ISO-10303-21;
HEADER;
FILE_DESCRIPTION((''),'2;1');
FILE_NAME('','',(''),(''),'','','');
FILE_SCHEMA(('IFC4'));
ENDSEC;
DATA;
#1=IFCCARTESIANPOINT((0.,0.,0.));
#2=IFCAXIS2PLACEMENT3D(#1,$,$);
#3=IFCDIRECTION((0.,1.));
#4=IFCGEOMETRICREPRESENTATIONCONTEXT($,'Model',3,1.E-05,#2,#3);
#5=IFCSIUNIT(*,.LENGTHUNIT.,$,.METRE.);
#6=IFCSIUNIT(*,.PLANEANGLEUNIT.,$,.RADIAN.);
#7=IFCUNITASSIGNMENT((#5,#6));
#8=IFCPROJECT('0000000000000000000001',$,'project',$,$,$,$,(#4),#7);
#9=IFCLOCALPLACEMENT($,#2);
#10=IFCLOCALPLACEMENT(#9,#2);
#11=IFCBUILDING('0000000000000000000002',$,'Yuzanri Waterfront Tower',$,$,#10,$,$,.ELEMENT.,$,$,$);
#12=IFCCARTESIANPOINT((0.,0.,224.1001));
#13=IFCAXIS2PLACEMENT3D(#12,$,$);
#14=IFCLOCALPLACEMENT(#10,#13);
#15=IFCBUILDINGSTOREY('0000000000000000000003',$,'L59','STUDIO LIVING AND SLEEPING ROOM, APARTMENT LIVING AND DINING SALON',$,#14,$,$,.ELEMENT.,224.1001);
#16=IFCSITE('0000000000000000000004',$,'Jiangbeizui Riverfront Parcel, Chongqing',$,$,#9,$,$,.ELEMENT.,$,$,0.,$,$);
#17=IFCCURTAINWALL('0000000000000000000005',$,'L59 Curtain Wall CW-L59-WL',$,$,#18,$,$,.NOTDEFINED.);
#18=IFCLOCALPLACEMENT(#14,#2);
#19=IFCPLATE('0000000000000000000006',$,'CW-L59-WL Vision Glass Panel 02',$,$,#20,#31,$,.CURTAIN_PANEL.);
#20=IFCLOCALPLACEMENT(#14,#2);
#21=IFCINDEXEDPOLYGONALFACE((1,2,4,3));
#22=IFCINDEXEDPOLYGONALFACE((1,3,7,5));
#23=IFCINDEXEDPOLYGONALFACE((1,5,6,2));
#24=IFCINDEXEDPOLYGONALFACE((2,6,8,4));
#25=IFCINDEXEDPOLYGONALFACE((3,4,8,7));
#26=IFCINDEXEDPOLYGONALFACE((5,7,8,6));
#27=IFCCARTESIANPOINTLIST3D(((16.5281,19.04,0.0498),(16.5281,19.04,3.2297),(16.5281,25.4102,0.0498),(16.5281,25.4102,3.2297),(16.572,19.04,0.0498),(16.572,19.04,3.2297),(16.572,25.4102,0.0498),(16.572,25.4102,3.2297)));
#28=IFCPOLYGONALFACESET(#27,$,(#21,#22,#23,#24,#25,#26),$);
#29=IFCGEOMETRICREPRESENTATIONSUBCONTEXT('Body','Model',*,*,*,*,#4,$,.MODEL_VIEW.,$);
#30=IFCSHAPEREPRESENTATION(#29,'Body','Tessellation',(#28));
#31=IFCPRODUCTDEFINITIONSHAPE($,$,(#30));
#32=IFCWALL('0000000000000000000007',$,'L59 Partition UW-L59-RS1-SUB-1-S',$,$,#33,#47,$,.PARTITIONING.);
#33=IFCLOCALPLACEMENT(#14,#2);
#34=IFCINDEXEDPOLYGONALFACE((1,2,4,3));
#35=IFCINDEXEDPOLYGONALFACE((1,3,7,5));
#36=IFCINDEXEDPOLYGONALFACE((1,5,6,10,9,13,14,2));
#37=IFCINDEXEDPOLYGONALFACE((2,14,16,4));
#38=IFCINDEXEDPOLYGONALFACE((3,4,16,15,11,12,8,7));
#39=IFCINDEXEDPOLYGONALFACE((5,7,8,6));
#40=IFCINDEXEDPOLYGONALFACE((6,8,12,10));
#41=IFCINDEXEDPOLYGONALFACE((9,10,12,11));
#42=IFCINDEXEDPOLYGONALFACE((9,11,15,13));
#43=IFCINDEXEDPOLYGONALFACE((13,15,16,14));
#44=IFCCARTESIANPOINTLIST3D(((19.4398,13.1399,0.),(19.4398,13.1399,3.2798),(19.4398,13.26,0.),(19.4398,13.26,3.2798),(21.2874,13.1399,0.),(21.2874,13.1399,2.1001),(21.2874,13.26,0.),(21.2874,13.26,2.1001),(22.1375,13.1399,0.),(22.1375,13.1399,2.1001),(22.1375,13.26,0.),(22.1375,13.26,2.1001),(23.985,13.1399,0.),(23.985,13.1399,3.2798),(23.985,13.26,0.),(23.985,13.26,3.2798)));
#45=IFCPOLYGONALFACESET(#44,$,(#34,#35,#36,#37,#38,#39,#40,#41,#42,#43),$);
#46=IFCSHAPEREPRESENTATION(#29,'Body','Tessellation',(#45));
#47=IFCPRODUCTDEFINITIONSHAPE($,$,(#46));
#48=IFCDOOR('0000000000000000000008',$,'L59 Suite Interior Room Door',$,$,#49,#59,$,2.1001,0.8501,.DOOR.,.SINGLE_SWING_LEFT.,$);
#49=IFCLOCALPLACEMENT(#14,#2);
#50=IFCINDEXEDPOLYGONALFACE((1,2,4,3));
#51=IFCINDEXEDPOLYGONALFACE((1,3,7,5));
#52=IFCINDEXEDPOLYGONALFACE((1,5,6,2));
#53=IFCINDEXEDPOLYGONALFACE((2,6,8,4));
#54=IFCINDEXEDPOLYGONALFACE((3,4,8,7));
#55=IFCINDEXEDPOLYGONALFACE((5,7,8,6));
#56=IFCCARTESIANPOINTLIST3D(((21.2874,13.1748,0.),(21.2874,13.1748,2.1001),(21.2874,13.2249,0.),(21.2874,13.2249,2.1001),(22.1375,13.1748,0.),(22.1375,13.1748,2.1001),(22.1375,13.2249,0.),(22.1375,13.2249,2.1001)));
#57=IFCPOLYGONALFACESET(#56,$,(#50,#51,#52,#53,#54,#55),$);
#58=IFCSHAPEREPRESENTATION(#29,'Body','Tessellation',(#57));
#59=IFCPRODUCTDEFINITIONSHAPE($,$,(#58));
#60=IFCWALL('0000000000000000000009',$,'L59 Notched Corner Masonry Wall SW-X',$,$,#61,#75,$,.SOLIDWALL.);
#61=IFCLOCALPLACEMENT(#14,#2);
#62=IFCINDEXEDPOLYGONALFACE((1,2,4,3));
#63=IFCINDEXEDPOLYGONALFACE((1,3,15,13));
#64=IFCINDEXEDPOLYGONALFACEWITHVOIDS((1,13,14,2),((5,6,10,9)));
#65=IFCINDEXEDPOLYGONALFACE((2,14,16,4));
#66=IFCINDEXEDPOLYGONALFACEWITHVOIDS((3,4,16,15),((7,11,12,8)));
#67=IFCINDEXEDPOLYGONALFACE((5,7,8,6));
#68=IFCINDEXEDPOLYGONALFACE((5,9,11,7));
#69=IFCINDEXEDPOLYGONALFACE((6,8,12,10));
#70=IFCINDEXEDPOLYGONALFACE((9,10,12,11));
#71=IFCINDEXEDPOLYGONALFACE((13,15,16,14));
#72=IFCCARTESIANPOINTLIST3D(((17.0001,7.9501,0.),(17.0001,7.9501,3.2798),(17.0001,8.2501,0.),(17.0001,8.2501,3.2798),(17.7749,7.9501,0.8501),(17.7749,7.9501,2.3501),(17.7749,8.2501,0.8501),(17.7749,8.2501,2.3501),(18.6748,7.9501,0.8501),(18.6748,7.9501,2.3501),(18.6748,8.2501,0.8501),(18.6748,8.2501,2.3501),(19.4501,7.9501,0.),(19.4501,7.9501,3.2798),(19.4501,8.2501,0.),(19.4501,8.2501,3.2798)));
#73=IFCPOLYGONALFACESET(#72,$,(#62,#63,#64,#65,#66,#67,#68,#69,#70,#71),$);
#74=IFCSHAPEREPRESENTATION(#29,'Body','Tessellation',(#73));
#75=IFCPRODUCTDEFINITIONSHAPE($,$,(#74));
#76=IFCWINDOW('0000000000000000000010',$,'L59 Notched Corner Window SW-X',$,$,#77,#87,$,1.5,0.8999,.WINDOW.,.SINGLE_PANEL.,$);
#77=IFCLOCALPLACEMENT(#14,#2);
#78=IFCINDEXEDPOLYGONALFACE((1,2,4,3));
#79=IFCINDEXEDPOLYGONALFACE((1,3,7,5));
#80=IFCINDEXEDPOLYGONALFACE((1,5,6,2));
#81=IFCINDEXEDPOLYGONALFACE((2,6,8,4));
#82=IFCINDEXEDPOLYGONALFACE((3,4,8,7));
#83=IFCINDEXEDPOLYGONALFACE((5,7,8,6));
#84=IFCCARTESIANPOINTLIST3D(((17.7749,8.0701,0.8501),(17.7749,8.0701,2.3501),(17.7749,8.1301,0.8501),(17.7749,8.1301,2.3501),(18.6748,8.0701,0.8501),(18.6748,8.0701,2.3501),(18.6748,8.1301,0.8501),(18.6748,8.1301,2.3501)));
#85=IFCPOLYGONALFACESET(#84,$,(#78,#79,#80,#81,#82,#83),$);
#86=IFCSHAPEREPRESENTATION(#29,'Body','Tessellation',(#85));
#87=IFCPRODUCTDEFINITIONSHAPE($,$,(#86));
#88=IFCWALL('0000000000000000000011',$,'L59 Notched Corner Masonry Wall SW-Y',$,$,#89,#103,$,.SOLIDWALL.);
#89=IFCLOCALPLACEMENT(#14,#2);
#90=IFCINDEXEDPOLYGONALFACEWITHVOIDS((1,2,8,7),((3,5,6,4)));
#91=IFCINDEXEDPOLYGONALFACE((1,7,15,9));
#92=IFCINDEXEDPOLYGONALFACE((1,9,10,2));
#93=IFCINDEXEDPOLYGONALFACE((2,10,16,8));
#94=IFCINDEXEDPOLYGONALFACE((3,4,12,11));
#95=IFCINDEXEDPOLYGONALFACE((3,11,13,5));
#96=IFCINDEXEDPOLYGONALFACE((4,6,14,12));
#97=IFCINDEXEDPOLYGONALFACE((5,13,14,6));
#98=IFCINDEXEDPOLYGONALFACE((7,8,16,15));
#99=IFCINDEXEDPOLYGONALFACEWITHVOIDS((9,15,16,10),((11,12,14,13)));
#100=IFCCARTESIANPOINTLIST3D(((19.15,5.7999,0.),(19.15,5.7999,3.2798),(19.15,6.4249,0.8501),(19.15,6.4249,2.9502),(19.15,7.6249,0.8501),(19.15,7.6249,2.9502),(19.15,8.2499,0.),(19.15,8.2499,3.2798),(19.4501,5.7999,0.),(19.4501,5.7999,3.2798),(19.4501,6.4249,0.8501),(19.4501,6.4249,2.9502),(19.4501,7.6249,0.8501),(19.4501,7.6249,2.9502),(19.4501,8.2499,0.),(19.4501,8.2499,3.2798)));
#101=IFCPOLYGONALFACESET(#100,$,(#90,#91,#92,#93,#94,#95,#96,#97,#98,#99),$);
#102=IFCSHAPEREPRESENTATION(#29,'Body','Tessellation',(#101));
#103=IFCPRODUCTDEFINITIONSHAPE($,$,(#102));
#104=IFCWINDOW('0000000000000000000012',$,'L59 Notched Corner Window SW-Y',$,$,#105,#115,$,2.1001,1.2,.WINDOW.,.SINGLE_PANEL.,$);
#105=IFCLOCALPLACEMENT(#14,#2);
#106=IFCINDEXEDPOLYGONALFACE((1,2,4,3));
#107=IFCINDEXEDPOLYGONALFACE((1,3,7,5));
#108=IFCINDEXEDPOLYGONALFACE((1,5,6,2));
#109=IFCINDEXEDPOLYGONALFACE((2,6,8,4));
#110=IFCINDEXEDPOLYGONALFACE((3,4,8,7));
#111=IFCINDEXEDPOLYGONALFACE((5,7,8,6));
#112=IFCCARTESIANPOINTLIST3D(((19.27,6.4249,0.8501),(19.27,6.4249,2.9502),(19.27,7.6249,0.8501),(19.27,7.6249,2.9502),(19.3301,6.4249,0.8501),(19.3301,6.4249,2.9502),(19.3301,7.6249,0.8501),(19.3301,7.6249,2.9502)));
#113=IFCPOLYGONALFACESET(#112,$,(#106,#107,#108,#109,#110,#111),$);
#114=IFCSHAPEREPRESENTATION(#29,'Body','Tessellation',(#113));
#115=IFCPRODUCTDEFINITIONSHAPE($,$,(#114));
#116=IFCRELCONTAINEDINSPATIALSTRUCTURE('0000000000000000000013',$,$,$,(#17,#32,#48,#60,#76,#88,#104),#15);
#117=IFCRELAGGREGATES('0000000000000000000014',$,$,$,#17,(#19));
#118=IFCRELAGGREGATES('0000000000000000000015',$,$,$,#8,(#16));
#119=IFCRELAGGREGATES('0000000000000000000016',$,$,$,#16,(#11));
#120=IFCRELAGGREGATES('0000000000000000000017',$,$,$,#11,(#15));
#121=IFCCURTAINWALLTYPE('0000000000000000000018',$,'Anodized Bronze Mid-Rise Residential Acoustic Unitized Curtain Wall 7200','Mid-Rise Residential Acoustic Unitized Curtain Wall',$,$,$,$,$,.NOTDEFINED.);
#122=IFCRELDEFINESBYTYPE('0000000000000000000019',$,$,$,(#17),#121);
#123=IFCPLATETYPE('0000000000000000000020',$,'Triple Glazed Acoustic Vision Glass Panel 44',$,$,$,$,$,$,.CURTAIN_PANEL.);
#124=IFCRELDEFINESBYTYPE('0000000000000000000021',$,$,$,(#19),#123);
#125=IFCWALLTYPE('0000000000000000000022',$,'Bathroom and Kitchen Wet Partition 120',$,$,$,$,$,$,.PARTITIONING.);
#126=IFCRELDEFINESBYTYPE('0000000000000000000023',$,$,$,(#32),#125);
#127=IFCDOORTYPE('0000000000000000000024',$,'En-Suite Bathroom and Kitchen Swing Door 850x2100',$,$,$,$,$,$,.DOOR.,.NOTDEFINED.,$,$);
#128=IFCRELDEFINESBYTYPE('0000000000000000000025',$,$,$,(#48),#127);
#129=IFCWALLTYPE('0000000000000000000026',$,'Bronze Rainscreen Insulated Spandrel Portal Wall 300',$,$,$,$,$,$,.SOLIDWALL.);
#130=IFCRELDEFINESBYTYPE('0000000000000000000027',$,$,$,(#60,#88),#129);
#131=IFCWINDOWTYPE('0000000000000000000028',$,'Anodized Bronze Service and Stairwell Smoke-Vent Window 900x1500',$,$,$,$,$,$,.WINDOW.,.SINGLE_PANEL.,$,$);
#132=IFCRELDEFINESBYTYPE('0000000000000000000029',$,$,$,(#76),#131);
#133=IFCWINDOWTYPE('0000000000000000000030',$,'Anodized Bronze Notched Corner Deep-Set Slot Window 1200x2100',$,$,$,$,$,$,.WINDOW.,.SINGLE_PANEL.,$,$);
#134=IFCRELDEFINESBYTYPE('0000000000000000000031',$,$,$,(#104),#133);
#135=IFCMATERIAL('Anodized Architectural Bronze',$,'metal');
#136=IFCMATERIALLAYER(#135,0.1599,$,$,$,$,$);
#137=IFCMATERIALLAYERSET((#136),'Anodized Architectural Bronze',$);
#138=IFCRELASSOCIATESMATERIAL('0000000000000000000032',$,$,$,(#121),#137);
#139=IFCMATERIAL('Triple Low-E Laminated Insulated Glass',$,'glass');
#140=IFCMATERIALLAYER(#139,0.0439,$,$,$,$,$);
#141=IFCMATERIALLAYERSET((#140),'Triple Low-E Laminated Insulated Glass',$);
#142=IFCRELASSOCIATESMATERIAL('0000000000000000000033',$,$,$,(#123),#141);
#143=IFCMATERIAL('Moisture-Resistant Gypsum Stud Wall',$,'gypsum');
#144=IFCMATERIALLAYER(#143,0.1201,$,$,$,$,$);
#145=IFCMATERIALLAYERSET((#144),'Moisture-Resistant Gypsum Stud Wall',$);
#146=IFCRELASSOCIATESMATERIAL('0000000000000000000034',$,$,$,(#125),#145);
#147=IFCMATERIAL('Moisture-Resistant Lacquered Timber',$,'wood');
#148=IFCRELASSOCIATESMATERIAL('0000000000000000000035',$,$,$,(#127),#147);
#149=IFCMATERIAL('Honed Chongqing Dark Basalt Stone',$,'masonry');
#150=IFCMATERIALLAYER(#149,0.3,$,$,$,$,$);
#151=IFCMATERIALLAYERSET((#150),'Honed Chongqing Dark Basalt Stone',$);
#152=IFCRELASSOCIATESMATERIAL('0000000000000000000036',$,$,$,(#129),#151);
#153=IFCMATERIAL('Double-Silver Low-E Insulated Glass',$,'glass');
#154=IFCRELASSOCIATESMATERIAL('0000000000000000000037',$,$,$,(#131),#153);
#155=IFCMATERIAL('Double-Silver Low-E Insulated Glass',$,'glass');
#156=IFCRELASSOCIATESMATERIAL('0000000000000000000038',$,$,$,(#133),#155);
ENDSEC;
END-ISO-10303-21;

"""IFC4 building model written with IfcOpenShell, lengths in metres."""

from ifc_helpers import new_model, si_unit, direction, frame, frame_2d, origin, origin_2d, place, context, subcontext, project, spatial, rectangle, extrude, source, transform, mapped, material, layer, layer_set, type_object, element, fill, aggregate, save


model = new_model("IFC4")

# Units and contexts
model_context = context("Model", 3, precision=1e-05, world=origin(), true_north=direction((0.0, 1.0)))
body_context = subcontext(model_context, "Body", "Model", "MODEL_VIEW")
ifc_project = project(units=[si_unit("LENGTHUNIT", "METRE"), si_unit("PLANEANGLEUNIT", "RADIAN")], contexts=[model_context])

# Site, building, storey
site_placement = place(None, origin())
site = spatial("IfcSite", under=ifc_project, at=site_placement, Name="Jiangbeizui Riverfront Parcel, Chongqing", CompositionType="ELEMENT", RefElevation=0.0)
building_placement = place(site_placement, origin())
building = spatial("IfcBuilding", under=site, at=building_placement, Name="Yuzanri Waterfront Tower", CompositionType="ELEMENT")
storey_placement = place(building_placement, frame((0.0, 0.0, 224.1001)))
storey = spatial("IfcBuildingStorey", under=building, at=storey_placement, Name="L59", Description="STUDIO LIVING AND SLEEPING ROOM, APARTMENT LIVING AND DINING SALON", CompositionType="ELEMENT", Elevation=224.1001)

# Shared definitions
ifc_material_1 = material(Name="Anodized Architectural Bronze", Category="metal")
ifc_layer_1 = layer(ifc_material_1, 0.1599)
ifc_layer_set_1 = layer_set([ifc_layer_1], Name="Anodized Architectural Bronze")
curtain_wall_type = type_object("IfcCurtainWallType", Name="Anodized Bronze Mid-Rise Residential Acoustic Unitized Curtain Wall 7200", Description="Mid-Rise Residential Acoustic Unitized Curtain Wall", PredefinedType="NOTDEFINED", material=ifc_layer_set_1)

# Curtain wall, plate
curtain_wall_1_placement = place(storey_placement, origin())
curtain_wall_1 = element("IfcCurtainWall", 1, at=curtain_wall_1_placement, inside=storey, type_object=curtain_wall_type, Name="L59 Curtain Wall CW-L59-WL", PredefinedType="NOTDEFINED")
ifc_material_2 = material(Name="Triple Low-E Laminated Insulated Glass", Category="glass")
ifc_layer_2 = layer(ifc_material_2, 0.0439)
ifc_layer_set_2 = layer_set([ifc_layer_2], Name="Triple Low-E Laminated Insulated Glass")
plate_type_1 = type_object("IfcPlateType", Name="Triple Glazed Acoustic Vision Glass Panel 44", PredefinedType="CURTAIN_PANEL", material=ifc_layer_set_2)
shared_shape_1 = source(origin(), body_context, "Body", "SweptSolid", [
    extrude(rectangle(XDim=6.3701, YDim=0.0439, at=origin_2d()), origin(), (0.0, 0.0, 1.0), 3.1799),
])
plate_1_placement = place(storey_placement, frame((16.55, 22.2251, 0.0498), z_axis=(0.0, 0.0, 1.0), x_axis=(0.0, 1.0, 0.0)))
plate_1 = element("IfcPlate", 2, at=plate_1_placement, type_object=plate_type_1, Name="CW-L59-WL Vision Glass Panel 02", PredefinedType="CURTAIN_PANEL", context=body_context, shape_type="MappedRepresentation", body=[
    mapped(shared_shape_1, transform((0.0, 0.0, 0.0), scale=1.0)),
])
aggregate(curtain_wall_1, [plate_1])

# Wall, opening, door
ifc_material_3 = material(Name="Moisture-Resistant Gypsum Stud Wall", Category="gypsum")
ifc_layer_3 = layer(ifc_material_3, 0.1201)
ifc_layer_set_3 = layer_set([ifc_layer_3], Name="Moisture-Resistant Gypsum Stud Wall")
wall_type_1 = type_object("IfcWallType", Name="Bathroom and Kitchen Wet Partition 120", PredefinedType="PARTITIONING", material=ifc_layer_set_3)
wall_1_placement = place(storey_placement, frame((19.4399, 13.2, 0.0), z_axis=(0.0, 0.0, 1.0), x_axis=(1.0, 0.0, 0.0)))
wall_1 = element("IfcWall", 3, at=wall_1_placement, inside=storey, type_object=wall_type_1, Name="L59 Partition UW-L59-RS1-SUB-1-S", PredefinedType="PARTITIONING", context=body_context, shape_type="SweptSolid", body=[
    extrude(rectangle(XDim=4.5452, YDim=0.1201, at=frame_2d((2.2725, 0.0))), origin(), (0.0, 0.0, 1.0), 3.2798),
])
opening_1_placement = place(wall_1_placement, frame((1.8474, 0.0, 0.0)))
opening_1 = element("IfcOpeningElement", 4, at=opening_1_placement, cuts=wall_1, PredefinedType="OPENING", context=body_context, shape_type="SweptSolid", body=[
    extrude(rectangle(XDim=0.8501, YDim=2.1001, at=frame_2d((0.425, 1.05))), frame((0.0, 0.075, 0.0), z_axis=(0.0, -1.0, 0.0), x_axis=(1.0, 0.0, 0.0)), (0.0, 0.0, 1.0), 0.1499),
])
ifc_material_4 = material(Name="Moisture-Resistant Lacquered Timber", Category="wood")
door_type_1 = type_object("IfcDoorType", Name="En-Suite Bathroom and Kitchen Swing Door 850x2100", OperationType="NOTDEFINED", PredefinedType="DOOR", material=ifc_material_4)
shared_shape_2 = source(origin(), body_context, "Body", "SweptSolid", [
    extrude(rectangle(XDim=0.8501, YDim=2.1001, at=frame_2d((0.425, 1.05))), frame((0.0, 0.0249, 0.0), z_axis=(0.0, -1.0, 0.0), x_axis=(1.0, 0.0, 0.0)), (0.0, 0.0, 1.0), 0.05),
])
door_1_placement = place(opening_1_placement, origin())
door_1 = element("IfcDoor", 5, at=door_1_placement, inside=storey, type_object=door_type_1, Name="L59 Suite Interior Room Door", OperationType="SINGLE_SWING_LEFT", OverallHeight=2.1001, OverallWidth=0.8501, PredefinedType="DOOR", context=body_context, shape_type="MappedRepresentation", body=[
    mapped(shared_shape_2, transform((0.0, 0.0, 0.0), scale=1.0)),
])
fill(opening_1, door_1)

# Walls, openings, windows
ifc_material_5 = material(Name="Honed Chongqing Dark Basalt Stone", Category="masonry")
ifc_layer_4 = layer(ifc_material_5, 0.3)
ifc_layer_set_4 = layer_set([ifc_layer_4], Name="Honed Chongqing Dark Basalt Stone")
wall_type_2 = type_object("IfcWallType", Name="Bronze Rainscreen Insulated Spandrel Portal Wall 300", PredefinedType="SOLIDWALL", material=ifc_layer_set_4)
wall_2_placement = place(storey_placement, frame((17.0, 8.1001, 0.0), z_axis=(0.0, 0.0, 1.0), x_axis=(1.0, 0.0, 0.0)))
wall_2 = element("IfcWall", 6, at=wall_2_placement, inside=storey, type_object=wall_type_2, Name="L59 Notched Corner Masonry Wall SW-X", PredefinedType="SOLIDWALL", context=body_context, shape_type="SweptSolid", body=[
    extrude(rectangle(XDim=2.45, YDim=0.3, at=frame_2d((1.2251, 0.0))), origin(), (0.0, 0.0, 1.0), 3.2798),
])
opening_2_placement = place(wall_2_placement, frame((0.7749, 0.0, 0.8501)))
opening_2 = element("IfcOpeningElement", 7, at=opening_2_placement, cuts=wall_2, PredefinedType="OPENING", context=body_context, shape_type="SweptSolid", body=[
    extrude(rectangle(XDim=0.8999, YDim=1.5, at=frame_2d((0.45, 0.75))), frame((0.0, 0.165, 0.0), z_axis=(0.0, -1.0, 0.0), x_axis=(1.0, 0.0, 0.0)), (0.0, 0.0, 1.0), 0.3298),
])
ifc_material_6 = material(Name="Double-Silver Low-E Insulated Glass", Category="glass")
window_type_1 = type_object("IfcWindowType", Name="Anodized Bronze Service and Stairwell Smoke-Vent Window 900x1500", PartitioningType="SINGLE_PANEL", PredefinedType="WINDOW", material=ifc_material_6)
shared_shape_3 = source(origin(), body_context, "Body", "SweptSolid", [
    extrude(rectangle(XDim=0.8999, YDim=1.5, at=frame_2d((0.45, 0.75))), frame((0.0, 0.03, 0.0), z_axis=(0.0, -1.0, 0.0), x_axis=(1.0, 0.0, 0.0)), (0.0, 0.0, 1.0), 0.0601),
])
window_1_placement = place(opening_2_placement, origin())
window_1 = element("IfcWindow", 8, at=window_1_placement, inside=storey, type_object=window_type_1, Name="L59 Notched Corner Window SW-X", OverallHeight=1.5, OverallWidth=0.8999, PartitioningType="SINGLE_PANEL", PredefinedType="WINDOW", context=body_context, shape_type="MappedRepresentation", body=[
    mapped(shared_shape_3, transform((0.0, 0.0, 0.0), scale=1.0)),
])
fill(opening_2, window_1)
wall_3_placement = place(storey_placement, frame((19.3, 8.25, 0.0), z_axis=(0.0, 0.0, 1.0), x_axis=(0.0, -1.0, 0.0)))
wall_3 = element("IfcWall", 9, at=wall_3_placement, inside=storey, type_object=wall_type_2, Name="L59 Notched Corner Masonry Wall SW-Y", PredefinedType="SOLIDWALL", context=body_context, shape_type="SweptSolid", body=[
    extrude(rectangle(XDim=2.45, YDim=0.3, at=frame_2d((1.2251, 0.0))), origin(), (0.0, 0.0, 1.0), 3.2798),
])
opening_3_placement = place(wall_3_placement, frame((0.625, 0.0, 0.8501)))
opening_3 = element("IfcOpeningElement", 10, at=opening_3_placement, cuts=wall_3, PredefinedType="OPENING", context=body_context, shape_type="SweptSolid", body=[
    extrude(rectangle(XDim=1.2, YDim=2.1001, at=frame_2d((0.6001, 1.05))), frame((0.0, 0.165, 0.0), z_axis=(0.0, -1.0, 0.0), x_axis=(1.0, 0.0, 0.0)), (0.0, 0.0, 1.0), 0.3298),
])
ifc_material_7 = material(Name="Double-Silver Low-E Insulated Glass", Category="glass")
window_type_2 = type_object("IfcWindowType", Name="Anodized Bronze Notched Corner Deep-Set Slot Window 1200x2100", PartitioningType="SINGLE_PANEL", PredefinedType="WINDOW", material=ifc_material_7)
shared_shape_4 = source(origin(), body_context, "Body", "SweptSolid", [
    extrude(rectangle(XDim=1.2, YDim=2.1001, at=frame_2d((0.6001, 1.05))), frame((0.0, 0.03, 0.0), z_axis=(0.0, -1.0, 0.0), x_axis=(1.0, 0.0, 0.0)), (0.0, 0.0, 1.0), 0.0601),
])
window_2_placement = place(opening_3_placement, origin())
window_2 = element("IfcWindow", 11, at=window_2_placement, inside=storey, type_object=window_type_2, Name="L59 Notched Corner Window SW-Y", OverallHeight=2.1001, OverallWidth=1.2, PartitioningType="SINGLE_PANEL", PredefinedType="WINDOW", context=body_context, shape_type="MappedRepresentation", body=[
    mapped(shared_shape_4, transform((0.0, 0.0, 0.0), scale=1.0)),
])
fill(opening_3, window_2)

save(model, "model.ifc")
